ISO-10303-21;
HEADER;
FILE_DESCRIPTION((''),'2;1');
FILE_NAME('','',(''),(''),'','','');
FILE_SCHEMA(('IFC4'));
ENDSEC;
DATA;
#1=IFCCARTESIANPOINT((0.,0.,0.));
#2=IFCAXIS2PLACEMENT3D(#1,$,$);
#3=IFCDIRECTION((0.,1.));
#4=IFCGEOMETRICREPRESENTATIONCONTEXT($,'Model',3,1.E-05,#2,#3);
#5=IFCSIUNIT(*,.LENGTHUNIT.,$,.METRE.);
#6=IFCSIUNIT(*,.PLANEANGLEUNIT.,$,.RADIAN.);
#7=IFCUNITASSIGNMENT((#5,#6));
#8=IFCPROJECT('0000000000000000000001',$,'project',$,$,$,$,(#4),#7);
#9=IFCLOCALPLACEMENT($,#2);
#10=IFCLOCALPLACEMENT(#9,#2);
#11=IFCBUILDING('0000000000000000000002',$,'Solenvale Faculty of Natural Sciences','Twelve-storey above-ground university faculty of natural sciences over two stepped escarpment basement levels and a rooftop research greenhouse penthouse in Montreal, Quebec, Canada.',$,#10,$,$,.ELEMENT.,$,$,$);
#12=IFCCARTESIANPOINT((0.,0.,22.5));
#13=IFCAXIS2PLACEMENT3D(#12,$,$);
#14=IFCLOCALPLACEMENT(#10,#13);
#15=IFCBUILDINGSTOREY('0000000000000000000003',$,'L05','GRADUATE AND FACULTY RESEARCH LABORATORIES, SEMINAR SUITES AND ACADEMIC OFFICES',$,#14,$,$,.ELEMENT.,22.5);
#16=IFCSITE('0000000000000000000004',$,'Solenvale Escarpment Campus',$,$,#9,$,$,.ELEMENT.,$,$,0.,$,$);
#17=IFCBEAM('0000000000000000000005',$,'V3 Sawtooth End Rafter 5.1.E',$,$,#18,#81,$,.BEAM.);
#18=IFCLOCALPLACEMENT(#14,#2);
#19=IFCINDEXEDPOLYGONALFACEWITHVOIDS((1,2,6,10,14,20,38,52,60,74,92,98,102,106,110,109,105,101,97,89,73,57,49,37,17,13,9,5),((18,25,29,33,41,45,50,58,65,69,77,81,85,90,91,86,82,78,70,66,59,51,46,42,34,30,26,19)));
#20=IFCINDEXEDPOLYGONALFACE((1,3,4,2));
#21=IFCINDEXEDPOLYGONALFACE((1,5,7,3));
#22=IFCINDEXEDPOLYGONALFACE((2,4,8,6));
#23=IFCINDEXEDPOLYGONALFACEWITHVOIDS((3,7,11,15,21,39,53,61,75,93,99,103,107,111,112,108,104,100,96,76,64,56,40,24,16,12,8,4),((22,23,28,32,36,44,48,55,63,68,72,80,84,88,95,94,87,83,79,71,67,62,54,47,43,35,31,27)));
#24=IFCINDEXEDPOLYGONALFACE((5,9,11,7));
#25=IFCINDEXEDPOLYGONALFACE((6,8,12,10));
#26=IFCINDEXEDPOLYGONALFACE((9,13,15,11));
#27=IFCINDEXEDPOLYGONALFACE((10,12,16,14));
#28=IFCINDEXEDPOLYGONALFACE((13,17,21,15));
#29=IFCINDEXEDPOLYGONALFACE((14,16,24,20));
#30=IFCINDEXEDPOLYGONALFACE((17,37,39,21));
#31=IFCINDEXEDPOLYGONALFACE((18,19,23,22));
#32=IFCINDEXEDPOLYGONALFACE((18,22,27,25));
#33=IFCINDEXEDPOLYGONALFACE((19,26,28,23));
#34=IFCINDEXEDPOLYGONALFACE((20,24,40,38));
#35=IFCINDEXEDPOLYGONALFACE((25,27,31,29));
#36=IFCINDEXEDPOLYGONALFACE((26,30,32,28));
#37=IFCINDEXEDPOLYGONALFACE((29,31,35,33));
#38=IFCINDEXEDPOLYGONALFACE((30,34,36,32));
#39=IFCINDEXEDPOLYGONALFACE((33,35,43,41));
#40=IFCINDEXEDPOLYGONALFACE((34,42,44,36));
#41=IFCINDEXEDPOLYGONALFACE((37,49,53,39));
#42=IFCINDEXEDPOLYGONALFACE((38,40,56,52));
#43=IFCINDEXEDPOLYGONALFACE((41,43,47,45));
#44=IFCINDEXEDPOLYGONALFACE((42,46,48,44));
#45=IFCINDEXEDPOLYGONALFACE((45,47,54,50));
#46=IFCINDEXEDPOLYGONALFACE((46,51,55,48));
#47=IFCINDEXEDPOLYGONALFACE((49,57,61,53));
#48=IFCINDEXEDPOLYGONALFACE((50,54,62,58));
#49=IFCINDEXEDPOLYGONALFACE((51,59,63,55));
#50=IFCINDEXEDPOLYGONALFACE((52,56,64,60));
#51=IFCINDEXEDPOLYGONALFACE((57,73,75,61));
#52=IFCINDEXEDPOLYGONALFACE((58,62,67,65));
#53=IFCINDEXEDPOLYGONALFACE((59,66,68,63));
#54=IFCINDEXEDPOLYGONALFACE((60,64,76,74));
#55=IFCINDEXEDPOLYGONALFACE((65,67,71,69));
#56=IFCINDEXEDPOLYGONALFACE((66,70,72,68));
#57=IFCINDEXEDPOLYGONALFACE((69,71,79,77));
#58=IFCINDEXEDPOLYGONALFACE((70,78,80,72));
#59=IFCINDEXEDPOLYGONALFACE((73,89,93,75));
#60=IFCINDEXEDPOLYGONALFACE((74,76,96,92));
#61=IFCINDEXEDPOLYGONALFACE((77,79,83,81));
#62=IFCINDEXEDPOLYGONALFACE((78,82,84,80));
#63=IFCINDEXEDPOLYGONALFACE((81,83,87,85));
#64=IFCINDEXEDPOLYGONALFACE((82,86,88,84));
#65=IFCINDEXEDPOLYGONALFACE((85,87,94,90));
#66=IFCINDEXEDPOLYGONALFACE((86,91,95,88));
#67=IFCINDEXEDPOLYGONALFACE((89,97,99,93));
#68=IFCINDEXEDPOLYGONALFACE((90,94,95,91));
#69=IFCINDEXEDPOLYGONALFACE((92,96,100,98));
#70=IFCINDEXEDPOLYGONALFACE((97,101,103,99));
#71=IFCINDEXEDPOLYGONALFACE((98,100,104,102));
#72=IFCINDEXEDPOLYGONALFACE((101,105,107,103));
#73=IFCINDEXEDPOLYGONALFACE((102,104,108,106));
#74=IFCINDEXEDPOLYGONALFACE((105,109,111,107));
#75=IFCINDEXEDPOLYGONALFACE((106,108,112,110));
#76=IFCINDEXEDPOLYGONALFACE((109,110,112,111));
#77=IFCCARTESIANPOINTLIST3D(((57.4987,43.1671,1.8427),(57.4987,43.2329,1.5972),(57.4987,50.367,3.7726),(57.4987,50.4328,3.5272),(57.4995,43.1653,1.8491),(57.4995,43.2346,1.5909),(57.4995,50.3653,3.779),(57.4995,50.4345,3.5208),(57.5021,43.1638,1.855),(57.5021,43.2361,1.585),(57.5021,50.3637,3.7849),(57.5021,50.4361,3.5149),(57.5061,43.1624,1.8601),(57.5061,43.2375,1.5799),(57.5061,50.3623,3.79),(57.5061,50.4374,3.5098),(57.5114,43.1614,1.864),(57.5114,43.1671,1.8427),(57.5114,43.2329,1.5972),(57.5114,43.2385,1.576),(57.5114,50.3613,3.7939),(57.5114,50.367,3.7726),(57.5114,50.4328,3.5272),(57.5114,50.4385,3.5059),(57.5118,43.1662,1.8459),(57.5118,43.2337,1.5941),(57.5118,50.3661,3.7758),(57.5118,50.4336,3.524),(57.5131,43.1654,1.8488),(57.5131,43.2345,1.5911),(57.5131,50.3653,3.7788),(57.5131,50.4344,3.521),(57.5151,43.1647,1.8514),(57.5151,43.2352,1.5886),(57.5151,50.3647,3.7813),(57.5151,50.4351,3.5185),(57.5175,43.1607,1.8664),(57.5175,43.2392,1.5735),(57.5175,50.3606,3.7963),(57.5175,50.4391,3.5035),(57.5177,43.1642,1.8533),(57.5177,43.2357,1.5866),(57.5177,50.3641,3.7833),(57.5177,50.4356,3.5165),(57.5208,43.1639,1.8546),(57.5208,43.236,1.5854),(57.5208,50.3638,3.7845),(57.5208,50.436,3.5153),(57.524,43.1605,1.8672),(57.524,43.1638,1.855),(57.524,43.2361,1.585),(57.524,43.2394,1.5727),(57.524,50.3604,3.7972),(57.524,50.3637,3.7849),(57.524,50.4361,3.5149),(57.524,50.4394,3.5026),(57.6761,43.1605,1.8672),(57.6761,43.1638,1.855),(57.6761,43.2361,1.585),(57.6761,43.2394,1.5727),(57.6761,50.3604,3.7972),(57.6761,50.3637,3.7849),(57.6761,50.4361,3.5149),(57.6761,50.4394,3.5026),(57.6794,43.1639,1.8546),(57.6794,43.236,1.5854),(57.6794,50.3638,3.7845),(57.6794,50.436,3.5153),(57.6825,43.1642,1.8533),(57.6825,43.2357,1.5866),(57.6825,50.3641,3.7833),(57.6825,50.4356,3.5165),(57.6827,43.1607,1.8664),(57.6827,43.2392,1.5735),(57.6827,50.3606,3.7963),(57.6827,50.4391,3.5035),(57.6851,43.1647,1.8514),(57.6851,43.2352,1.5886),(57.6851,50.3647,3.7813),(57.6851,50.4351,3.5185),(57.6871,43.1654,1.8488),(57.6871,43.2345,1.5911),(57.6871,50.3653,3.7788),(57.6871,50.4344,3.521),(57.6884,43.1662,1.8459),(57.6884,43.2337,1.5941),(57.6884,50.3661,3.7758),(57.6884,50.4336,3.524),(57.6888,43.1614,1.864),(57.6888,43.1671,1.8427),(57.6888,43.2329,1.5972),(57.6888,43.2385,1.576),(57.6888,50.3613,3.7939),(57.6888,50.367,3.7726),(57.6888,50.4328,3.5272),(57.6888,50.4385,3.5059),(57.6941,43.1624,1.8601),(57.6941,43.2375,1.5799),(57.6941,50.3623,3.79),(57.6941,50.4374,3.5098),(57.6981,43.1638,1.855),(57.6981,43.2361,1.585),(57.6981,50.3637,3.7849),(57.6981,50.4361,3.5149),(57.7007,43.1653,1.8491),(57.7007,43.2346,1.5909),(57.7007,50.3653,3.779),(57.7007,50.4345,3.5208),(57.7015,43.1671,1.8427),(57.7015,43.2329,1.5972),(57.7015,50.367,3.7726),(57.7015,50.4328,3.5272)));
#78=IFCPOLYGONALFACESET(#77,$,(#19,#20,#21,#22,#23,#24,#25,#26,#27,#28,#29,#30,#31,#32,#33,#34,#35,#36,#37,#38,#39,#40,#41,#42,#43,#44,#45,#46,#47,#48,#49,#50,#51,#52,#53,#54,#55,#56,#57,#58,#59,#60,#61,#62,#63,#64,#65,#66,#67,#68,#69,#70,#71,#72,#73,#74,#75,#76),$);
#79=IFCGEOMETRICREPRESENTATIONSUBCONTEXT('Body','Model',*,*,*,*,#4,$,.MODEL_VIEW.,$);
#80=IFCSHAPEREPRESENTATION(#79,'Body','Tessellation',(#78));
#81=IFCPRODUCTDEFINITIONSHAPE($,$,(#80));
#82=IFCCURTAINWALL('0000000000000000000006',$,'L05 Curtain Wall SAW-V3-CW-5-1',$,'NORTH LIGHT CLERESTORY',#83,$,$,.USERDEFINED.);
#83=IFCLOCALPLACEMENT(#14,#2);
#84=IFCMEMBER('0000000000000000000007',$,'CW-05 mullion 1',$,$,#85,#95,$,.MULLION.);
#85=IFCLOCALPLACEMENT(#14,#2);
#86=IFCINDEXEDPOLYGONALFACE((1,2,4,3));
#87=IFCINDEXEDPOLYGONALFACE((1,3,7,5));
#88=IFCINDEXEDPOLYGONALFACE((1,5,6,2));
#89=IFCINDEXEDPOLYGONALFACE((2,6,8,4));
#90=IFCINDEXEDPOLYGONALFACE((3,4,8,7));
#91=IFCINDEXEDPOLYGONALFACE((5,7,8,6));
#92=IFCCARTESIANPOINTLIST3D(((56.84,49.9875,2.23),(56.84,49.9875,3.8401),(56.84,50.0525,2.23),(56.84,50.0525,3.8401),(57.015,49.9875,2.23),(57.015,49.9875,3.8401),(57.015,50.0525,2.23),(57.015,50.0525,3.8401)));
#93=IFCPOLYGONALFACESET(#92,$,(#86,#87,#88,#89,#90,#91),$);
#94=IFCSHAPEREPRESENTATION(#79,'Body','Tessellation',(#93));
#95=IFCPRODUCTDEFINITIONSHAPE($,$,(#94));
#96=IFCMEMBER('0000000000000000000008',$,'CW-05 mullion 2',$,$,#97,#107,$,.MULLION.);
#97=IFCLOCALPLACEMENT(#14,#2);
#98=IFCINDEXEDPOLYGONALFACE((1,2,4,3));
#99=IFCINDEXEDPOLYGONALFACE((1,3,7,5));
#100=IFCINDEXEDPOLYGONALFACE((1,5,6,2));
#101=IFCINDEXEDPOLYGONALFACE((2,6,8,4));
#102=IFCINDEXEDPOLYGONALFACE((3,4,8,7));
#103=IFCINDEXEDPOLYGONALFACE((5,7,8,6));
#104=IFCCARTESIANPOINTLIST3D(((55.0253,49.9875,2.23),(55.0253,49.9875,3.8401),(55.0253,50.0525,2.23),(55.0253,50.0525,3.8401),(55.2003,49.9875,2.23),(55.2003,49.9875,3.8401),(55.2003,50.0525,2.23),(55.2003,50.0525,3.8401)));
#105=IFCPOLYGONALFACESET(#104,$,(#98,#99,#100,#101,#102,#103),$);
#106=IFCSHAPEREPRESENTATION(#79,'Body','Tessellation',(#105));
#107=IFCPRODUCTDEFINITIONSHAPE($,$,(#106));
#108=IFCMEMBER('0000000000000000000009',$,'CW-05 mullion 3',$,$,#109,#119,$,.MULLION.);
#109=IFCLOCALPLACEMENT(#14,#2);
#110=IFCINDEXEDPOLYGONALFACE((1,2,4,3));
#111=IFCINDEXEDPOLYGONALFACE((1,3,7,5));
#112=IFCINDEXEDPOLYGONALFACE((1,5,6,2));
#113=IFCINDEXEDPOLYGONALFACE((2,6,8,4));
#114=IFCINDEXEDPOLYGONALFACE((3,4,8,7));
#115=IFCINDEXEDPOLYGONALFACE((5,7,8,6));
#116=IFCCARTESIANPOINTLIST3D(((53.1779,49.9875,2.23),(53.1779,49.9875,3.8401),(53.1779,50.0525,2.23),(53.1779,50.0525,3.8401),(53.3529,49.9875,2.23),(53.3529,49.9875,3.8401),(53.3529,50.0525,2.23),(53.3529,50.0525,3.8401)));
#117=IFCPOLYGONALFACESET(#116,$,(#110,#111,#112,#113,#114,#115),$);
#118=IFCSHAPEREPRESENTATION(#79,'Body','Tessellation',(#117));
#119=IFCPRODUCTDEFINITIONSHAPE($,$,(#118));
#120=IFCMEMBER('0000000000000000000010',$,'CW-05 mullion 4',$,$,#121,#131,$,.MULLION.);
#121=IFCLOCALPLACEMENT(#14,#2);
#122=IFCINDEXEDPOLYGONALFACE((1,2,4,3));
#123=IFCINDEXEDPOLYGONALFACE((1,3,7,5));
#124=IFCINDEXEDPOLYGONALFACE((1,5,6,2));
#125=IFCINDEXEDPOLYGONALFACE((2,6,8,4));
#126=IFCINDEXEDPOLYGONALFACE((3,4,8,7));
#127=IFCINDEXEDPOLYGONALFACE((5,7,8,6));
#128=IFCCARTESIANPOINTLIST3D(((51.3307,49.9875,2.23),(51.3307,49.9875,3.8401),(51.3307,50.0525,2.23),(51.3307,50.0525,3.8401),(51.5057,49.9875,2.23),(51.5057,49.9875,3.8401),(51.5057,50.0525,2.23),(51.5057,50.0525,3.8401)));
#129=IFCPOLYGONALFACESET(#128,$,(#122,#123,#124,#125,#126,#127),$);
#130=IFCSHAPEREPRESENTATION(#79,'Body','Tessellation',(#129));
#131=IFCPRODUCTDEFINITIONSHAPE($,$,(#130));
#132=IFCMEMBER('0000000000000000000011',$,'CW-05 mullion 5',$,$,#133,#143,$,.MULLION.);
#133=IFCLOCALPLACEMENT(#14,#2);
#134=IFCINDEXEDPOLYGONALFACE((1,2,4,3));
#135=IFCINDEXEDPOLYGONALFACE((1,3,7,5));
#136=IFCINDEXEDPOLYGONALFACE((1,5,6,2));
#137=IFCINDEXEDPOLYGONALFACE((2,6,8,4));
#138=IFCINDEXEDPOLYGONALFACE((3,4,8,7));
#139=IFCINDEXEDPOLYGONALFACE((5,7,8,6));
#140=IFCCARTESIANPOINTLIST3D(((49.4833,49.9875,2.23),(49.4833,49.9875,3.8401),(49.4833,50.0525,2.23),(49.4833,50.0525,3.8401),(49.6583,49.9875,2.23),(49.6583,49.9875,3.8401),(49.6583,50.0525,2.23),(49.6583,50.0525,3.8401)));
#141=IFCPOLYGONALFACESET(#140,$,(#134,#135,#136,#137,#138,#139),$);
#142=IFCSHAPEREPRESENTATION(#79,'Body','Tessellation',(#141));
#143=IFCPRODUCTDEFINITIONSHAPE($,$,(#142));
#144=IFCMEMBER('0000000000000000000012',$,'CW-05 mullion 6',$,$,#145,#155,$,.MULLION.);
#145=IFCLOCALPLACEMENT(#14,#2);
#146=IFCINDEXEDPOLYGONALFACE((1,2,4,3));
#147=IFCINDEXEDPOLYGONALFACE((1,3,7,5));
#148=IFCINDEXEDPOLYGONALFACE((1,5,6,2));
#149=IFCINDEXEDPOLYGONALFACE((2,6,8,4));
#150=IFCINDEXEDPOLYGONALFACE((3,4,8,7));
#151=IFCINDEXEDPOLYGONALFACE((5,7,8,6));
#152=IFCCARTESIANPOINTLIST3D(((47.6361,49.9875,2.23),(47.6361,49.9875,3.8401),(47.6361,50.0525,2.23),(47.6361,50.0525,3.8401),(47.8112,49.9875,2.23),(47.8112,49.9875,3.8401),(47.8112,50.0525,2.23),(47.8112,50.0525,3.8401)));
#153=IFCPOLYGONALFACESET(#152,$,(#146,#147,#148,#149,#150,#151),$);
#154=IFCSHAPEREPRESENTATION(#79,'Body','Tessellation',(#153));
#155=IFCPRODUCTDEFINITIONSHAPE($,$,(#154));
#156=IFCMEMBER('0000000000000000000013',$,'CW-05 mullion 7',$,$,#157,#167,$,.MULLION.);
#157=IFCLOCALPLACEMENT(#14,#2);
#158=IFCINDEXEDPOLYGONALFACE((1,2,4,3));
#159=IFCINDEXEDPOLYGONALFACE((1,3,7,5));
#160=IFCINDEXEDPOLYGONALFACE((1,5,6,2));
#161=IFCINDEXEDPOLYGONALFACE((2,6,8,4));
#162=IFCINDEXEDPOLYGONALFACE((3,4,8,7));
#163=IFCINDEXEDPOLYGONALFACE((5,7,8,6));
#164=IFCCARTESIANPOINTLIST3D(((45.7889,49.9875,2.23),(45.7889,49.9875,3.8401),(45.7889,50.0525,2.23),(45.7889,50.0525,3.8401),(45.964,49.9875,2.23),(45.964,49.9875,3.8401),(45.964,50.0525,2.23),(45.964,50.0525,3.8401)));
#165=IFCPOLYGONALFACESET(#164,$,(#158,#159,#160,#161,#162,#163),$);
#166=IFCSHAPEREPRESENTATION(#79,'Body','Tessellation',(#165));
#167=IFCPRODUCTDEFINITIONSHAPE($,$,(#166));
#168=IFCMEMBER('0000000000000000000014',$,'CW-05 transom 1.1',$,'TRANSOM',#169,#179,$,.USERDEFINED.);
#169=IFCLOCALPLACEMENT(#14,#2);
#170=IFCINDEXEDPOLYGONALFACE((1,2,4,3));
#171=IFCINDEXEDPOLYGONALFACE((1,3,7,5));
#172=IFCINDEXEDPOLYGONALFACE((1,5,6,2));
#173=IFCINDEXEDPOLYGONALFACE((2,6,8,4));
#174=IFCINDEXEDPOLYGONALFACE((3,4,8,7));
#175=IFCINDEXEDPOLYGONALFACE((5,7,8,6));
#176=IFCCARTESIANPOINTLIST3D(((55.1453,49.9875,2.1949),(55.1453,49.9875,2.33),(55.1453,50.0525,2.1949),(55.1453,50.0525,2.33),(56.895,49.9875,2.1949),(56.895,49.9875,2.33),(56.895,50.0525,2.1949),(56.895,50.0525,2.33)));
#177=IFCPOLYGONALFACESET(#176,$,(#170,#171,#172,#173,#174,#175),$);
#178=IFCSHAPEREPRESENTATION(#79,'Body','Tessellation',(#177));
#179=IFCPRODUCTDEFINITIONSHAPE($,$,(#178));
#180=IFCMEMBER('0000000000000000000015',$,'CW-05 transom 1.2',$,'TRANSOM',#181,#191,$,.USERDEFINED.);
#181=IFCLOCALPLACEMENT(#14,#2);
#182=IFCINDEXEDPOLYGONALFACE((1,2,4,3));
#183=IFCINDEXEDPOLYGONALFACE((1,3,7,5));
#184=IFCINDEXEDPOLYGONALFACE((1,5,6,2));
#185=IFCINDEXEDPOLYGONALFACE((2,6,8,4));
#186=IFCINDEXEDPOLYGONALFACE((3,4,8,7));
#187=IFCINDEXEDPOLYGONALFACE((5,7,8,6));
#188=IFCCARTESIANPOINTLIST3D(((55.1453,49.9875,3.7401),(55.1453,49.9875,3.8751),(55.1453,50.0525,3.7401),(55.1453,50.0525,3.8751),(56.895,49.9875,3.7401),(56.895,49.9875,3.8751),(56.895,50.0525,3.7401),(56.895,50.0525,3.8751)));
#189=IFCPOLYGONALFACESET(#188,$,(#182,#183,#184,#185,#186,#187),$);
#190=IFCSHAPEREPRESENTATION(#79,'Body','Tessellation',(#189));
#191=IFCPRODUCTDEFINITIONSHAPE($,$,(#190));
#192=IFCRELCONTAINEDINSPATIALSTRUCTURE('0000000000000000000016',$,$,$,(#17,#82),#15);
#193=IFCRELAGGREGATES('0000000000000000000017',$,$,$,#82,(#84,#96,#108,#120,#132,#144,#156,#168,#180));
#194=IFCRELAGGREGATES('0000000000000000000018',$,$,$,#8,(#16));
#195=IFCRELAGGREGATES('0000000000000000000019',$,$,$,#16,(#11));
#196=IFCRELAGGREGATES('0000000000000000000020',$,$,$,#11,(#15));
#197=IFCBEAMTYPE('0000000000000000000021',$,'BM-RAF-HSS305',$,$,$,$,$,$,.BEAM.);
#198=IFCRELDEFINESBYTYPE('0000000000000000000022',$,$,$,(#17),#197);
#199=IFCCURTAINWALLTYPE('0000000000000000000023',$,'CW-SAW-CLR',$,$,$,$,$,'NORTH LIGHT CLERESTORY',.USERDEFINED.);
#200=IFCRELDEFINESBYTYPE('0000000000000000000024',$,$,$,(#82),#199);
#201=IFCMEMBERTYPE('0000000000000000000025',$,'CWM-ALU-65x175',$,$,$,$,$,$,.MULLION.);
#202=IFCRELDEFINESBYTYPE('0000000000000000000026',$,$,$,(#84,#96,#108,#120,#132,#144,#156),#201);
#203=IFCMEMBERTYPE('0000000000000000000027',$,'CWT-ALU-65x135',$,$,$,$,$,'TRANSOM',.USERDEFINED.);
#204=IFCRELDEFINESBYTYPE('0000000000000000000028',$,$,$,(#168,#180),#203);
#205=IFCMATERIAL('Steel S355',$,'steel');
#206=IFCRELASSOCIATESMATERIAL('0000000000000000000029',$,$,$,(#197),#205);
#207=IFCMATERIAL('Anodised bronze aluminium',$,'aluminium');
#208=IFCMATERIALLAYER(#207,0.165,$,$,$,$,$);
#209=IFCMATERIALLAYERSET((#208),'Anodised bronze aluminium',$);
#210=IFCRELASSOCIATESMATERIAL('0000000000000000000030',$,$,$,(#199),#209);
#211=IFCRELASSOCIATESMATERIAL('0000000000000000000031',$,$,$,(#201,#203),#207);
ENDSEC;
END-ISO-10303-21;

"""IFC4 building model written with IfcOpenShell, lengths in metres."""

from ifc_helpers import new_model, si_unit, direction, frame, origin, origin_2d, place, context, subcontext, project, spatial, rectangle, hollow_rectangle, extrude, material, layer, layer_set, material_profile, profile_set, type_object, element, aggregate, save


model = new_model("IFC4")

# Units and contexts
model_context = context("Model", 3, precision=1e-05, world=origin(), true_north=direction((0.0, 1.0)))
body_context = subcontext(model_context, "Body", "Model", "MODEL_VIEW")
ifc_project = project(units=[si_unit("LENGTHUNIT", "METRE"), si_unit("PLANEANGLEUNIT", "RADIAN")], contexts=[model_context])

# Site, building, storey
site_placement = place(None, origin())
site = spatial("IfcSite", under=ifc_project, at=site_placement, Name="Solenvale Escarpment Campus", CompositionType="ELEMENT", RefElevation=0.0)
building_placement = place(site_placement, origin())
building = spatial("IfcBuilding", under=site, at=building_placement, Name="Solenvale Faculty of Natural Sciences", Description="Twelve-storey above-ground university faculty of natural sciences over two stepped escarpment basement levels and a rooftop research greenhouse penthouse in Montreal, Quebec, Canada.", CompositionType="ELEMENT")
storey_placement = place(building_placement, frame((0.0, 0.0, 22.5)))
storey = spatial("IfcBuildingStorey", under=building, at=storey_placement, Name="L05", Description="GRADUATE AND FACULTY RESEARCH LABORATORIES, SEMINAR SUITES AND ACADEMIC OFFICES", CompositionType="ELEMENT", Elevation=22.5)

# Beam
ifc_material_1 = material(Name="Steel S355", Category="steel")
ifc_material_profile_1 = material_profile(ifc_material_1, hollow_rectangle(XDim=0.2029, YDim=0.3049, WallThickness=0.0127, InnerFilletRadius=0.0127, OuterFilletRadius=0.0254, at=origin_2d()), Name="HSS305x203x13")
ifc_profile_set_1 = profile_set([ifc_material_profile_1], Name="Steel S355")
beam_type = type_object("IfcBeamType", Name="BM-RAF-HSS305", PredefinedType="BEAM", material=ifc_profile_set_1)
beam_placement = place(storey_placement, frame((57.6001, 43.2, 1.72), z_axis=(0.0, 0.965902, 0.258908), x_axis=(-1.0, 0.0, 0.0)))
element("IfcBeam", 1, at=beam_placement, inside=storey, type_object=beam_type, Name="V3 Sawtooth End Rafter 5.1.E", PredefinedType="BEAM", context=body_context, shape_type="SweptSolid", body=[
    extrude(hollow_rectangle(XDim=0.2029, YDim=0.3049, WallThickness=0.0127, InnerFilletRadius=0.0127, OuterFilletRadius=0.0254, at=origin_2d()), origin(), (0.0, 0.0, 1.0), 7.4541),
])

# Curtain wall, members
ifc_material_2 = material(Name="Anodised bronze aluminium", Category="aluminium")
ifc_layer_1 = layer(ifc_material_2, 0.165)
ifc_layer_set_1 = layer_set([ifc_layer_1], Name="Anodised bronze aluminium")
curtain_wall_type = type_object("IfcCurtainWallType", Name="CW-SAW-CLR", ElementType="NORTH LIGHT CLERESTORY", PredefinedType="USERDEFINED", material=ifc_layer_set_1)
curtain_wall_placement = place(storey_placement, origin())
curtain_wall = element("IfcCurtainWall", 2, at=curtain_wall_placement, inside=storey, type_object=curtain_wall_type, Name="L05 Curtain Wall SAW-V3-CW-5-1", ObjectType="NORTH LIGHT CLERESTORY", PredefinedType="USERDEFINED")
ifc_material_profile_2 = material_profile(ifc_material_2, rectangle(XDim=0.0649, YDim=0.175, at=origin_2d()), Name="ALU-MUL-65x175")
ifc_profile_set_2 = profile_set([ifc_material_profile_2], Name="Anodised bronze aluminium")
member_type_1 = type_object("IfcMemberType", Name="CWM-ALU-65x175", PredefinedType="MULLION", material=ifc_profile_set_2)
member_1_placement = place(storey_placement, frame((56.9275, 50.02, 2.23), z_axis=(0.0, 0.0, 1.0), x_axis=(0.0, -1.0, 0.0)))
member_1 = element("IfcMember", 3, at=member_1_placement, type_object=member_type_1, Name="CW-05 mullion 1", PredefinedType="MULLION", context=body_context, shape_type="SweptSolid", body=[
    extrude(rectangle(XDim=0.0649, YDim=0.175, at=origin_2d()), origin(), (0.0, 0.0, 1.0), 1.6101),
])
member_2_placement = place(storey_placement, frame((55.1128, 50.02, 2.23), z_axis=(0.0, 0.0, 1.0), x_axis=(0.0, -1.0, 0.0)))
member_2 = element("IfcMember", 4, at=member_2_placement, type_object=member_type_1, Name="CW-05 mullion 2", PredefinedType="MULLION", context=body_context, shape_type="SweptSolid", body=[
    extrude(rectangle(XDim=0.0649, YDim=0.175, at=origin_2d()), origin(), (0.0, 0.0, 1.0), 1.6101),
])
member_3_placement = place(storey_placement, frame((53.2654, 50.02, 2.23), z_axis=(0.0, 0.0, 1.0), x_axis=(0.0, -1.0, 0.0)))
member_3 = element("IfcMember", 5, at=member_3_placement, type_object=member_type_1, Name="CW-05 mullion 3", PredefinedType="MULLION", context=body_context, shape_type="SweptSolid", body=[
    extrude(rectangle(XDim=0.0649, YDim=0.175, at=origin_2d()), origin(), (0.0, 0.0, 1.0), 1.6101),
])
member_4_placement = place(storey_placement, frame((51.4182, 50.02, 2.23), z_axis=(0.0, 0.0, 1.0), x_axis=(0.0, -1.0, 0.0)))
member_4 = element("IfcMember", 6, at=member_4_placement, type_object=member_type_1, Name="CW-05 mullion 4", PredefinedType="MULLION", context=body_context, shape_type="SweptSolid", body=[
    extrude(rectangle(XDim=0.0649, YDim=0.175, at=origin_2d()), origin(), (0.0, 0.0, 1.0), 1.6101),
])
member_5_placement = place(storey_placement, frame((49.5708, 50.02, 2.23), z_axis=(0.0, 0.0, 1.0), x_axis=(0.0, -1.0, 0.0)))
member_5 = element("IfcMember", 7, at=member_5_placement, type_object=member_type_1, Name="CW-05 mullion 5", PredefinedType="MULLION", context=body_context, shape_type="SweptSolid", body=[
    extrude(rectangle(XDim=0.0649, YDim=0.175, at=origin_2d()), origin(), (0.0, 0.0, 1.0), 1.6101),
])
member_6_placement = place(storey_placement, frame((47.7236, 50.02, 2.23), z_axis=(0.0, 0.0, 1.0), x_axis=(0.0, -1.0, 0.0)))
member_6 = element("IfcMember", 8, at=member_6_placement, type_object=member_type_1, Name="CW-05 mullion 6", PredefinedType="MULLION", context=body_context, shape_type="SweptSolid", body=[
    extrude(rectangle(XDim=0.0649, YDim=0.175, at=origin_2d()), origin(), (0.0, 0.0, 1.0), 1.6101),
])
member_7_placement = place(storey_placement, frame((45.8765, 50.02, 2.23), z_axis=(0.0, 0.0, 1.0), x_axis=(0.0, -1.0, 0.0)))
member_7 = element("IfcMember", 9, at=member_7_placement, type_object=member_type_1, Name="CW-05 mullion 7", PredefinedType="MULLION", context=body_context, shape_type="SweptSolid", body=[
    extrude(rectangle(XDim=0.0649, YDim=0.175, at=origin_2d()), origin(), (0.0, 0.0, 1.0), 1.6101),
])
ifc_material_profile_3 = material_profile(ifc_material_2, rectangle(XDim=0.0649, YDim=0.135, at=origin_2d()), Name="ALU-TRN-65x135")
ifc_profile_set_3 = profile_set([ifc_material_profile_3], Name="Anodised bronze aluminium")
member_type_2 = type_object("IfcMemberType", Name="CWT-ALU-65x135", ElementType="TRANSOM", PredefinedType="USERDEFINED", material=ifc_profile_set_3)
member_8_placement = place(storey_placement, frame((56.895, 50.02, 2.2625), z_axis=(-1.0, 0.0, 0.0), x_axis=(0.0, -1.0, 0.0)))
member_8 = element("IfcMember", 10, at=member_8_placement, type_object=member_type_2, Name="CW-05 transom 1.1", ObjectType="TRANSOM", PredefinedType="USERDEFINED", context=body_context, shape_type="SweptSolid", body=[
    extrude(rectangle(XDim=0.0649, YDim=0.135, at=origin_2d()), origin(), (0.0, 0.0, 1.0), 1.7498),
])
member_9_placement = place(storey_placement, frame((56.895, 50.02, 3.8076), z_axis=(-1.0, 0.0, 0.0), x_axis=(0.0, -1.0, 0.0)))
member_9 = element("IfcMember", 11, at=member_9_placement, type_object=member_type_2, Name="CW-05 transom 1.2", ObjectType="TRANSOM", PredefinedType="USERDEFINED", context=body_context, shape_type="SweptSolid", body=[
    extrude(rectangle(XDim=0.0649, YDim=0.135, at=origin_2d()), origin(), (0.0, 0.0, 1.0), 1.7498),
])

aggregate(curtain_wall, [member_1, member_2, member_3, member_4, member_5, member_6, member_7, member_8, member_9])

save(model, "model.ifc")
